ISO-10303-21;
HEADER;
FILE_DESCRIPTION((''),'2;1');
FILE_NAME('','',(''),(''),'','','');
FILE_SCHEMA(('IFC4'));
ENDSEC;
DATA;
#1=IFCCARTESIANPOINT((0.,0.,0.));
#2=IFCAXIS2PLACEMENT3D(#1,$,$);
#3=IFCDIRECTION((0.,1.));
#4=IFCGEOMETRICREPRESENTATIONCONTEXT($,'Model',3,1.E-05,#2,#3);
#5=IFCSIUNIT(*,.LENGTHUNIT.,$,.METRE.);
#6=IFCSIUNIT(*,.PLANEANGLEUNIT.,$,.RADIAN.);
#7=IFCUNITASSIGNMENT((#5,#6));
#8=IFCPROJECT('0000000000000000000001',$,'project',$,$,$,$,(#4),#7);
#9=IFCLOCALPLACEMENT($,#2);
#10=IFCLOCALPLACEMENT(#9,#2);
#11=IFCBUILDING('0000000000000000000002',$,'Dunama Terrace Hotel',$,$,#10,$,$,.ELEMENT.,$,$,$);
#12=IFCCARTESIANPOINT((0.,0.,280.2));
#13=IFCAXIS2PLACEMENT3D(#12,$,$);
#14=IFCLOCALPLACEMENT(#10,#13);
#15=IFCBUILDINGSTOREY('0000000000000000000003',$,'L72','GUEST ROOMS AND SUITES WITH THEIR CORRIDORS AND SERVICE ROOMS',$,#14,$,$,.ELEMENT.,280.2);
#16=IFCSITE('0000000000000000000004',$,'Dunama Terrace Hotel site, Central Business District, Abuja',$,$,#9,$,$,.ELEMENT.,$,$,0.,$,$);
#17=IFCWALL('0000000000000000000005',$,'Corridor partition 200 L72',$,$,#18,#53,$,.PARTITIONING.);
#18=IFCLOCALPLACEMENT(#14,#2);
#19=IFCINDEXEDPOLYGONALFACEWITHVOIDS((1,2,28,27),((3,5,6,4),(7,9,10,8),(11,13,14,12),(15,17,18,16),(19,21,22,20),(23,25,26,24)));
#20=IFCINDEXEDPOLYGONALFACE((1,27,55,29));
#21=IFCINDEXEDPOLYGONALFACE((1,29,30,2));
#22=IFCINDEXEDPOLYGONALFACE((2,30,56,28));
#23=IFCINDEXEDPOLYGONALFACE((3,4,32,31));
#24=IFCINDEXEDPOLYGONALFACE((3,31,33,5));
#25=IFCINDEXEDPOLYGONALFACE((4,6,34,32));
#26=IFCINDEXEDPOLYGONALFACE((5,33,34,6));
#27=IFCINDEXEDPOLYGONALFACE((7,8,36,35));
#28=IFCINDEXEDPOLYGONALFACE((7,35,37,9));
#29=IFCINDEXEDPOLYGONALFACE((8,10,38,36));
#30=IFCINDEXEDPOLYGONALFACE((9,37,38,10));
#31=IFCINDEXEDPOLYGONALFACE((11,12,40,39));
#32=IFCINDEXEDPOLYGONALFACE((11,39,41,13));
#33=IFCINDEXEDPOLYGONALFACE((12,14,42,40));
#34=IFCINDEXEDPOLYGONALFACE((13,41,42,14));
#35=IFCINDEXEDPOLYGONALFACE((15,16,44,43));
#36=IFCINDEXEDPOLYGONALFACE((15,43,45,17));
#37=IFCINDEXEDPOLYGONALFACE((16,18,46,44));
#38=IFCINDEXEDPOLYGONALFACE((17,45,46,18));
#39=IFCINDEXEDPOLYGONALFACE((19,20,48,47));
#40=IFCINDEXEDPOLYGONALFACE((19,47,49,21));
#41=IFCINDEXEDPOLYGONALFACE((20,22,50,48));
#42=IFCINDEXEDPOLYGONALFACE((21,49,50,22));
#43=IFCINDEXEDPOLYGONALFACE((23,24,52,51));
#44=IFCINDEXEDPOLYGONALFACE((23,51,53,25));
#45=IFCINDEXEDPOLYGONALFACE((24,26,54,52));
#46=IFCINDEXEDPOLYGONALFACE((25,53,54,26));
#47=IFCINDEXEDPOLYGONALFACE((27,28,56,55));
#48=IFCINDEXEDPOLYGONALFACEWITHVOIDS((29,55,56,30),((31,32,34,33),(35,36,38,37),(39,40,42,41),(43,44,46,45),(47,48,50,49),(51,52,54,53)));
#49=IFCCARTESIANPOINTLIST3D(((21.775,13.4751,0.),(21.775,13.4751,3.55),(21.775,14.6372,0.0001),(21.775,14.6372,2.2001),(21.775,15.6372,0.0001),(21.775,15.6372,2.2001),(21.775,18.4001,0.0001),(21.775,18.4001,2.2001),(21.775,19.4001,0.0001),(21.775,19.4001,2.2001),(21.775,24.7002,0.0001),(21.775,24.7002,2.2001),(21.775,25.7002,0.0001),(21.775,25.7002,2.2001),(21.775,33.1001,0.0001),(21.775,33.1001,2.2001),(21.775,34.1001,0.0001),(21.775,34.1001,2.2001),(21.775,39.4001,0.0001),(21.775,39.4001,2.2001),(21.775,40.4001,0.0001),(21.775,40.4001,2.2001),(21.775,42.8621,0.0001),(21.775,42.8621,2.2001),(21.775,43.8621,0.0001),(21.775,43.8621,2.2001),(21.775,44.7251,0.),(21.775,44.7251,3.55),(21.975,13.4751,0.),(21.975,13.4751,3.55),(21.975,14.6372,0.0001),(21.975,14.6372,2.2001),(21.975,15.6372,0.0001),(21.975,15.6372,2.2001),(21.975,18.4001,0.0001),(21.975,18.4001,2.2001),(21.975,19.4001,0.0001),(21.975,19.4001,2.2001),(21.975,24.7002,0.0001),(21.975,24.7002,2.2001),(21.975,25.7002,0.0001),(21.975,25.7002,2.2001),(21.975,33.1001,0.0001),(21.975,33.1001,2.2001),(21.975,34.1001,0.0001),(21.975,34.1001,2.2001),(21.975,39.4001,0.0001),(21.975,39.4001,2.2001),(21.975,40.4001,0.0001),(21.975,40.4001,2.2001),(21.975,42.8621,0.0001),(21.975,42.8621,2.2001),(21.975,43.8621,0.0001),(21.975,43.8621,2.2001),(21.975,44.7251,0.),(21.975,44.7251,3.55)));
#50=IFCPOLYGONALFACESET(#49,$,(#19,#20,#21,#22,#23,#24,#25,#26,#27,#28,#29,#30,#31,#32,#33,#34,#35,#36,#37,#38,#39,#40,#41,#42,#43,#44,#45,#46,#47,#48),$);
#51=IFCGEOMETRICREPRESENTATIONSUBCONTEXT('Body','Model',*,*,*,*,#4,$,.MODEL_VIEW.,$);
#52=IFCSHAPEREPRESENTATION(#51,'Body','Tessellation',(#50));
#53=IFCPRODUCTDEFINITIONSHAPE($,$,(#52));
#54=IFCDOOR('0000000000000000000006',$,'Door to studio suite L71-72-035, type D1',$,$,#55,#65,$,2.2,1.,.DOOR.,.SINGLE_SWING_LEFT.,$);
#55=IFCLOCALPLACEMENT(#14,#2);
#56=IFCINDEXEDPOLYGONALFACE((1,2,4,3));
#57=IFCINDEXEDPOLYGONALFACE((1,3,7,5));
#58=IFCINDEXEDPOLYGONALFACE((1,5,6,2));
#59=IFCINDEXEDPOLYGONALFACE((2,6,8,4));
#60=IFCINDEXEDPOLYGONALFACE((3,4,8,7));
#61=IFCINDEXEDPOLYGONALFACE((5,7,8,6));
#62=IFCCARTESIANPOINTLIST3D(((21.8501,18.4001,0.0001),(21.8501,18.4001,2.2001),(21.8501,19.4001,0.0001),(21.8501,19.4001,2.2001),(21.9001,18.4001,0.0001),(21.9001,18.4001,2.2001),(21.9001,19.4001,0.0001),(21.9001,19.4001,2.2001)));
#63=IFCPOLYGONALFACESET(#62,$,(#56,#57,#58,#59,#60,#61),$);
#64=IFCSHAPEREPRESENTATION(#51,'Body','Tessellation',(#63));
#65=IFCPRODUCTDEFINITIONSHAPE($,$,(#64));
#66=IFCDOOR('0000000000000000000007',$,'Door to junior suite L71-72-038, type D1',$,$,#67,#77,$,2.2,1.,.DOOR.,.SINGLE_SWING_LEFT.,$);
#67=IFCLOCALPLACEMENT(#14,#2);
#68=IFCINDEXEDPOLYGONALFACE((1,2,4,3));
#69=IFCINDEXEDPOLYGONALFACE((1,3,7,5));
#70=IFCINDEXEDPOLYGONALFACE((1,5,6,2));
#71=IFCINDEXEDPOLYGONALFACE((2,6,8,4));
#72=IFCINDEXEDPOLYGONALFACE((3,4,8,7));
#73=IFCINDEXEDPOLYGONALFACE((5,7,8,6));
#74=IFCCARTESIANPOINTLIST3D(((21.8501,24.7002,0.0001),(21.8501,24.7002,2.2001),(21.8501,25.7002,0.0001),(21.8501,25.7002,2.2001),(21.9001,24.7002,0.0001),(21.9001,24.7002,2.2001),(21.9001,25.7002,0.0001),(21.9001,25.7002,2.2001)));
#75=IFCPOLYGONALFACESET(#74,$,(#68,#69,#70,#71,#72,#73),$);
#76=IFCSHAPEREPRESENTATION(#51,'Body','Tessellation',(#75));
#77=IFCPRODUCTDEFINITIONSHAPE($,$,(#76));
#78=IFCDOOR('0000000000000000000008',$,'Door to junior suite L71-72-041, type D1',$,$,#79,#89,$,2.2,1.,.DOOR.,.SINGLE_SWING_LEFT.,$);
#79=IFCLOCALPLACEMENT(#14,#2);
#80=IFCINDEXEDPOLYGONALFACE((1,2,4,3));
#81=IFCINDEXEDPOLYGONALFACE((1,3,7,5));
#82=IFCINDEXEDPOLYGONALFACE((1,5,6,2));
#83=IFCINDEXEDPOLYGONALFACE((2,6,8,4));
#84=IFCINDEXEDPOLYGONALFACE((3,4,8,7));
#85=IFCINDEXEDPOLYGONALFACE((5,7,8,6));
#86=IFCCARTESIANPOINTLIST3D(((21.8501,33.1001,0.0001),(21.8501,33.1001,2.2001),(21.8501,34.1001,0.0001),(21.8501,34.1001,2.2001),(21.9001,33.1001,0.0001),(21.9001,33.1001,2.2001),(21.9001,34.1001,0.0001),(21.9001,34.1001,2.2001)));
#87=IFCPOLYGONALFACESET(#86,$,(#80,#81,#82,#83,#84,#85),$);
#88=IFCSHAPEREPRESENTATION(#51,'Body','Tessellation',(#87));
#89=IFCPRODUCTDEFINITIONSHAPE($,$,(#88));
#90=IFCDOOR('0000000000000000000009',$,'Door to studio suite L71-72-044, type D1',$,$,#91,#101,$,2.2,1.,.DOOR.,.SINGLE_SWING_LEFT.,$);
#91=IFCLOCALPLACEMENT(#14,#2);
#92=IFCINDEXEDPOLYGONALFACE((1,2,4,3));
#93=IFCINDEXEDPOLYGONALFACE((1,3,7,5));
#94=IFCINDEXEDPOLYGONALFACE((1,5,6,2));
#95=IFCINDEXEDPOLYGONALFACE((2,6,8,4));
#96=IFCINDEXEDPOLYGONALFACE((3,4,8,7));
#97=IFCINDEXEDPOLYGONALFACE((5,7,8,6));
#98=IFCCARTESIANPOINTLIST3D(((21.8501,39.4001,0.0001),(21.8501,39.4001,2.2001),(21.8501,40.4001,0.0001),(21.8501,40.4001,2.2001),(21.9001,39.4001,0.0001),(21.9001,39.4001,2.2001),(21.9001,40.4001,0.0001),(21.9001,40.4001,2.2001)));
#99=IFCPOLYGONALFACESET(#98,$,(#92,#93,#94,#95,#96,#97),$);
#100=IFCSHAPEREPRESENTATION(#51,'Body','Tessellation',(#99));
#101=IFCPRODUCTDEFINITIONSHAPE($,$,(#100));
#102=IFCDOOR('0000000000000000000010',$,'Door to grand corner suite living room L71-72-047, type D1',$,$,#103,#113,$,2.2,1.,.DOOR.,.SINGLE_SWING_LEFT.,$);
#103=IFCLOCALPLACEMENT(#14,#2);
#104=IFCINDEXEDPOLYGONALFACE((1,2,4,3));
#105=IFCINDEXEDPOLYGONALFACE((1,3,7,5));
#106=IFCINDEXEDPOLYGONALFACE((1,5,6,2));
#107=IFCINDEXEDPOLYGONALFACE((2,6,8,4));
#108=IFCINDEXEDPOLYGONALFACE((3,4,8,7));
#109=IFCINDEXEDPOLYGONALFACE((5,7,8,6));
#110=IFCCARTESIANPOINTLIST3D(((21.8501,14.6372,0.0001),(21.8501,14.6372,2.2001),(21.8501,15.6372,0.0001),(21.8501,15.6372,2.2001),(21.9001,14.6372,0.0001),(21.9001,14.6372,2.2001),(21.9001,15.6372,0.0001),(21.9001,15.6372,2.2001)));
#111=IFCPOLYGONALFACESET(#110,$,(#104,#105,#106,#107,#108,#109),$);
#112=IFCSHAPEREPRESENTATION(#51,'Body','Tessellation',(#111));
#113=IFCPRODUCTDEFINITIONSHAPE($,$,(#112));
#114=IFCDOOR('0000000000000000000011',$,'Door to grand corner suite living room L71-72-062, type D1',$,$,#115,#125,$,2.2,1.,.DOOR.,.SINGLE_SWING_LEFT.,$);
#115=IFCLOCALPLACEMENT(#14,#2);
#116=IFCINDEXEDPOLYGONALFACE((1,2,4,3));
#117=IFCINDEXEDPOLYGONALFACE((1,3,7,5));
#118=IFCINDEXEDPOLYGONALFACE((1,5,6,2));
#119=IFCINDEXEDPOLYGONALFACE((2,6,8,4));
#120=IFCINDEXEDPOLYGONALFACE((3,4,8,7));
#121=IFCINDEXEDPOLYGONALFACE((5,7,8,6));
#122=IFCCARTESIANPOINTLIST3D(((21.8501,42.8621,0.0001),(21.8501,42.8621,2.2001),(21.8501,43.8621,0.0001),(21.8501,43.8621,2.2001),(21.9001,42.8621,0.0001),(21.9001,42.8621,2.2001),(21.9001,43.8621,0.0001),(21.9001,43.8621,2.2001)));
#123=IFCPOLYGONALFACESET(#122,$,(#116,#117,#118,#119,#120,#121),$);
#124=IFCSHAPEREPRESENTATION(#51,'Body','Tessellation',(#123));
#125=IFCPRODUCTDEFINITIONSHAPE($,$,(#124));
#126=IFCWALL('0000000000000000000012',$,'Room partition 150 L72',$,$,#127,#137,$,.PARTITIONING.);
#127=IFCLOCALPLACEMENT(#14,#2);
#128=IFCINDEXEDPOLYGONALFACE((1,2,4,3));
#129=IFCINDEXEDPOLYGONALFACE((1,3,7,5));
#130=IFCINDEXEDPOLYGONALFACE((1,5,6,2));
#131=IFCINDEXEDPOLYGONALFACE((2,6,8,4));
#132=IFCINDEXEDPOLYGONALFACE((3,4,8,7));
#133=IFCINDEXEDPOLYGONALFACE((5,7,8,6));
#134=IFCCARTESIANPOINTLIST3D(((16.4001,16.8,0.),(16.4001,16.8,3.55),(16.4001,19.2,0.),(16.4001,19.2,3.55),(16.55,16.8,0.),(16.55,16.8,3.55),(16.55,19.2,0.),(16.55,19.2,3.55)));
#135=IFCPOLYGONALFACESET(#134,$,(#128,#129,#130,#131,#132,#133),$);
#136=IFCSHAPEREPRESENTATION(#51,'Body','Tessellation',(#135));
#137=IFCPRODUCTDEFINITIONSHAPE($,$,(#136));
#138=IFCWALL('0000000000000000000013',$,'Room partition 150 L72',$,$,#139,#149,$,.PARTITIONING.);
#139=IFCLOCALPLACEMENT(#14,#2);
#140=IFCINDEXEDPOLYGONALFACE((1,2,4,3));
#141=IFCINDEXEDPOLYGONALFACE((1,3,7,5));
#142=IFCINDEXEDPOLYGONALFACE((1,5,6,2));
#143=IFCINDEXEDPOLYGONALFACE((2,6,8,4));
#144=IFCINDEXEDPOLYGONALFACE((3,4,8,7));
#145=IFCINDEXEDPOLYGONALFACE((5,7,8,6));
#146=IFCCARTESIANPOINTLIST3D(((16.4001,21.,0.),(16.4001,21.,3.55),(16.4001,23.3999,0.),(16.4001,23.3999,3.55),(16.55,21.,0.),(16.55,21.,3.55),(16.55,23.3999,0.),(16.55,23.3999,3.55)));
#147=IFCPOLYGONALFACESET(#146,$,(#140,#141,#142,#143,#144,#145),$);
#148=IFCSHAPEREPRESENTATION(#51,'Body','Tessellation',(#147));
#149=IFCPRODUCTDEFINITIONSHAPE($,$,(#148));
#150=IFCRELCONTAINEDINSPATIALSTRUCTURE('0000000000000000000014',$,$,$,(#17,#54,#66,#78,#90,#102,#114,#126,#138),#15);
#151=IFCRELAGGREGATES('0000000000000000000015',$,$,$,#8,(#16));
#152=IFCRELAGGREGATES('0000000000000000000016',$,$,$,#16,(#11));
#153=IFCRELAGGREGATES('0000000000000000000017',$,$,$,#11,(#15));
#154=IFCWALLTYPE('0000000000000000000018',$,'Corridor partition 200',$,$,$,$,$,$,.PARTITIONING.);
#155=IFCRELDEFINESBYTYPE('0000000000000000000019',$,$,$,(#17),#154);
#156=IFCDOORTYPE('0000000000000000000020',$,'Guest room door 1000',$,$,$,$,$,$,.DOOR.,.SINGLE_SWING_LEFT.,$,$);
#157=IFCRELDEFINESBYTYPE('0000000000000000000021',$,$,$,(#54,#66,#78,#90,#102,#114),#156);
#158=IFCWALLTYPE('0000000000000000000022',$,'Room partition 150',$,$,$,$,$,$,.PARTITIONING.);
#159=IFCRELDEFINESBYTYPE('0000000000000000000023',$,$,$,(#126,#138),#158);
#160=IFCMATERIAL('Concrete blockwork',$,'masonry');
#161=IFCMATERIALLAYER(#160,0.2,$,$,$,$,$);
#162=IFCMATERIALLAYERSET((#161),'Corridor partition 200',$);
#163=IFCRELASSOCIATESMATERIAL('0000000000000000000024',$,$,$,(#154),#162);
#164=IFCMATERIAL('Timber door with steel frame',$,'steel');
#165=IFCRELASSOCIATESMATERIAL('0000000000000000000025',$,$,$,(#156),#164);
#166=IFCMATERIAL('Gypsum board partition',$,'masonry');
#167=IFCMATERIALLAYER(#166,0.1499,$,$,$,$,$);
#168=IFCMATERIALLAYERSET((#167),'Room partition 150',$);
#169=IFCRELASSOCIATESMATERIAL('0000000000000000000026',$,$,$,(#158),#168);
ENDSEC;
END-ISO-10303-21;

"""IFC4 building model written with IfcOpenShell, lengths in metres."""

from ifc_helpers import new_model, si_unit, direction, frame, frame_2d, origin, place, context, subcontext, project, spatial, rectangle, extrude, material, layer, layer_set, type_object, element, fill, save


model = new_model("IFC4")

# Units and contexts
model_context = context("Model", 3, precision=1e-05, world=origin(), true_north=direction((0.0, 1.0)))
body_context = subcontext(model_context, "Body", "Model", "MODEL_VIEW")
ifc_project = project(units=[si_unit("LENGTHUNIT", "METRE"), si_unit("PLANEANGLEUNIT", "RADIAN")], contexts=[model_context])

# Site, building, storey
site_placement = place(None, origin())
site = spatial("IfcSite", under=ifc_project, at=site_placement, Name="Dunama Terrace Hotel site, Central Business District, Abuja", CompositionType="ELEMENT", RefElevation=0.0)
building_placement = place(site_placement, origin())
building = spatial("IfcBuilding", under=site, at=building_placement, Name="Dunama Terrace Hotel", CompositionType="ELEMENT")
storey_placement = place(building_placement, frame((0.0, 0.0, 280.2)))
storey = spatial("IfcBuildingStorey", under=building, at=storey_placement, Name="L72", Description="GUEST ROOMS AND SUITES WITH THEIR CORRIDORS AND SERVICE ROOMS", CompositionType="ELEMENT", Elevation=280.2)

# Wall, openings, doors
ifc_material_1 = material(Name="Concrete blockwork", Category="masonry")
ifc_layer_1 = layer(ifc_material_1, 0.2)
ifc_layer_set_1 = layer_set([ifc_layer_1], Name="Corridor partition 200")
wall_type_1 = type_object("IfcWallType", Name="Corridor partition 200", PredefinedType="PARTITIONING", material=ifc_layer_set_1)
wall_1_placement = place(storey_placement, frame((21.875, 13.4751, 0.0), z_axis=(0.0, 0.0, 1.0), x_axis=(0.0, 1.0, 0.0)))
wall_1 = element("IfcWall", 1, at=wall_1_placement, inside=storey, type_object=wall_type_1, Name="Corridor partition 200 L72", PredefinedType="PARTITIONING", context=body_context, shape_type="SweptSolid", body=[
    extrude(rectangle(XDim=31.25, YDim=0.2, at=frame_2d((15.625, 0.0))), origin(), (0.0, 0.0, 1.0), 3.55),
])
opening_1_placement = place(wall_1_placement, frame((4.925, 0.0, 0.0)))
opening_1 = element("IfcOpeningElement", 2, at=opening_1_placement, cuts=wall_1, PredefinedType="OPENING", context=body_context, shape_type="SweptSolid", body=[
    extrude(rectangle(XDim=1.0, YDim=2.2, at=frame_2d((0.5, 1.1001))), frame((0.0, 0.1099, 0.0), z_axis=(0.0, -1.0, 0.0), x_axis=(1.0, 0.0, 0.0)), (0.0, 0.0, 1.0), 0.22),
])
opening_2_placement = place(wall_1_placement, frame((11.2251, 0.0, 0.0)))
opening_2 = element("IfcOpeningElement", 3, at=opening_2_placement, cuts=wall_1, PredefinedType="OPENING", context=body_context, shape_type="SweptSolid", body=[
    extrude(rectangle(XDim=1.0, YDim=2.2, at=frame_2d((0.5, 1.1001))), frame((0.0, 0.1099, 0.0), z_axis=(0.0, -1.0, 0.0), x_axis=(1.0, 0.0, 0.0)), (0.0, 0.0, 1.0), 0.22),
])
opening_3_placement = place(wall_1_placement, frame((19.625, 0.0, 0.0)))
opening_3 = element("IfcOpeningElement", 4, at=opening_3_placement, cuts=wall_1, PredefinedType="OPENING", context=body_context, shape_type="SweptSolid", body=[
    extrude(rectangle(XDim=1.0, YDim=2.2, at=frame_2d((0.5, 1.1001))), frame((0.0, 0.1099, 0.0), z_axis=(0.0, -1.0, 0.0), x_axis=(1.0, 0.0, 0.0)), (0.0, 0.0, 1.0), 0.22),
])
opening_4_placement = place(wall_1_placement, frame((25.925, 0.0, 0.0)))
opening_4 = element("IfcOpeningElement", 5, at=opening_4_placement, cuts=wall_1, PredefinedType="OPENING", context=body_context, shape_type="SweptSolid", body=[
    extrude(rectangle(XDim=1.0, YDim=2.2, at=frame_2d((0.5, 1.1001))), frame((0.0, 0.1099, 0.0), z_axis=(0.0, -1.0, 0.0), x_axis=(1.0, 0.0, 0.0)), (0.0, 0.0, 1.0), 0.22),
])
opening_5_placement = place(wall_1_placement, frame((1.1621, 0.0, 0.0)))
opening_5 = element("IfcOpeningElement", 6, at=opening_5_placement, cuts=wall_1, PredefinedType="OPENING", context=body_context, shape_type="SweptSolid", body=[
    extrude(rectangle(XDim=1.0, YDim=2.2, at=frame_2d((0.5, 1.1001))), frame((0.0, 0.1099, 0.0), z_axis=(0.0, -1.0, 0.0), x_axis=(1.0, 0.0, 0.0)), (0.0, 0.0, 1.0), 0.22),
])
opening_6_placement = place(wall_1_placement, frame((29.387, 0.0, 0.0)))
opening_6 = element("IfcOpeningElement", 7, at=opening_6_placement, cuts=wall_1, PredefinedType="OPENING", context=body_context, shape_type="SweptSolid", body=[
    extrude(rectangle(XDim=1.0, YDim=2.2, at=frame_2d((0.5, 1.1001))), frame((0.0, 0.1099, 0.0), z_axis=(0.0, -1.0, 0.0), x_axis=(1.0, 0.0, 0.0)), (0.0, 0.0, 1.0), 0.22),
])
ifc_material_2 = material(Name="Timber door with steel frame", Category="steel")
door_type_1 = type_object("IfcDoorType", Name="Guest room door 1000", OperationType="SINGLE_SWING_LEFT", PredefinedType="DOOR", material=ifc_material_2)
door_1_placement = place(opening_1_placement, origin())
door_1 = element("IfcDoor", 8, at=door_1_placement, inside=storey, type_object=door_type_1, Name="Door to studio suite L71-72-035, type D1", OperationType="SINGLE_SWING_LEFT", OverallHeight=2.2, OverallWidth=1.0, PredefinedType="DOOR", context=body_context, shape_type="SweptSolid", body=[
    extrude(rectangle(XDim=1.0, YDim=2.2, at=frame_2d((0.5, 1.1001))), frame((0.0, 0.0249, 0.0), z_axis=(0.0, -1.0, 0.0), x_axis=(1.0, 0.0, 0.0)), (0.0, 0.0, 1.0), 0.05),
])
fill(opening_1, door_1)
door_2_placement = place(opening_2_placement, origin())
door_2 = element("IfcDoor", 9, at=door_2_placement, inside=storey, type_object=door_type_1, Name="Door to junior suite L71-72-038, type D1", OperationType="SINGLE_SWING_LEFT", OverallHeight=2.2, OverallWidth=1.0, PredefinedType="DOOR", context=body_context, shape_type="SweptSolid", body=[
    extrude(rectangle(XDim=1.0, YDim=2.2, at=frame_2d((0.5, 1.1001))), frame((0.0, 0.0249, 0.0), z_axis=(0.0, -1.0, 0.0), x_axis=(1.0, 0.0, 0.0)), (0.0, 0.0, 1.0), 0.05),
])
fill(opening_2, door_2)
door_3_placement = place(opening_3_placement, origin())
door_3 = element("IfcDoor", 10, at=door_3_placement, inside=storey, type_object=door_type_1, Name="Door to junior suite L71-72-041, type D1", OperationType="SINGLE_SWING_LEFT", OverallHeight=2.2, OverallWidth=1.0, PredefinedType="DOOR", context=body_context, shape_type="SweptSolid", body=[
    extrude(rectangle(XDim=1.0, YDim=2.2, at=frame_2d((0.5, 1.1001))), frame((0.0, 0.0249, 0.0), z_axis=(0.0, -1.0, 0.0), x_axis=(1.0, 0.0, 0.0)), (0.0, 0.0, 1.0), 0.05),
])
fill(opening_3, door_3)
door_4_placement = place(opening_4_placement, origin())
door_4 = element("IfcDoor", 11, at=door_4_placement, inside=storey, type_object=door_type_1, Name="Door to studio suite L71-72-044, type D1", OperationType="SINGLE_SWING_LEFT", OverallHeight=2.2, OverallWidth=1.0, PredefinedType="DOOR", context=body_context, shape_type="SweptSolid", body=[
    extrude(rectangle(XDim=1.0, YDim=2.2, at=frame_2d((0.5, 1.1001))), frame((0.0, 0.0249, 0.0), z_axis=(0.0, -1.0, 0.0), x_axis=(1.0, 0.0, 0.0)), (0.0, 0.0, 1.0), 0.05),
])
fill(opening_4, door_4)
door_5_placement = place(opening_5_placement, origin())
door_5 = element("IfcDoor", 12, at=door_5_placement, inside=storey, type_object=door_type_1, Name="Door to grand corner suite living room L71-72-047, type D1", OperationType="SINGLE_SWING_LEFT", OverallHeight=2.2, OverallWidth=1.0, PredefinedType="DOOR", context=body_context, shape_type="SweptSolid", body=[
    extrude(rectangle(XDim=1.0, YDim=2.2, at=frame_2d((0.5, 1.1001))), frame((0.0, 0.0249, 0.0), z_axis=(0.0, -1.0, 0.0), x_axis=(1.0, 0.0, 0.0)), (0.0, 0.0, 1.0), 0.05),
])
fill(opening_5, door_5)
door_6_placement = place(opening_6_placement, origin())
door_6 = element("IfcDoor", 13, at=door_6_placement, inside=storey, type_object=door_type_1, Name="Door to grand corner suite living room L71-72-062, type D1", OperationType="SINGLE_SWING_LEFT", OverallHeight=2.2, OverallWidth=1.0, PredefinedType="DOOR", context=body_context, shape_type="SweptSolid", body=[
    extrude(rectangle(XDim=1.0, YDim=2.2, at=frame_2d((0.5, 1.1001))), frame((0.0, 0.0249, 0.0), z_axis=(0.0, -1.0, 0.0), x_axis=(1.0, 0.0, 0.0)), (0.0, 0.0, 1.0), 0.05),
])
fill(opening_6, door_6)

# Walls
ifc_material_3 = material(Name="Gypsum board partition", Category="masonry")
ifc_layer_2 = layer(ifc_material_3, 0.1499)
ifc_layer_set_2 = layer_set([ifc_layer_2], Name="Room partition 150")
wall_type_2 = type_object("IfcWallType", Name="Room partition 150", PredefinedType="PARTITIONING", material=ifc_layer_set_2)
for number, where, z_axis, x_axis, name in (
    (14, (16.4751, 16.8, 0.0), (0.0, 0.0, 1.0), (0.0, 1.0, 0.0), "Room partition 150 L72"),
    (15, (16.4751, 21.0, 0.0), (0.0, 0.0, 1.0), (0.0, 1.0, 0.0), "Room partition 150 L72"),
):
    element("IfcWall", number, at=place(storey_placement, frame(where, z_axis=z_axis, x_axis=x_axis)), inside=storey, type_object=wall_type_2, Name=name, PredefinedType="PARTITIONING", context=body_context, shape_type="SweptSolid", body=[
        extrude(rectangle(XDim=2.3999, YDim=0.1499, at=frame_2d((1.2, 0.0))), origin(), (0.0, 0.0, 1.0), 3.55),
    ])

save(model, "model.ifc")
